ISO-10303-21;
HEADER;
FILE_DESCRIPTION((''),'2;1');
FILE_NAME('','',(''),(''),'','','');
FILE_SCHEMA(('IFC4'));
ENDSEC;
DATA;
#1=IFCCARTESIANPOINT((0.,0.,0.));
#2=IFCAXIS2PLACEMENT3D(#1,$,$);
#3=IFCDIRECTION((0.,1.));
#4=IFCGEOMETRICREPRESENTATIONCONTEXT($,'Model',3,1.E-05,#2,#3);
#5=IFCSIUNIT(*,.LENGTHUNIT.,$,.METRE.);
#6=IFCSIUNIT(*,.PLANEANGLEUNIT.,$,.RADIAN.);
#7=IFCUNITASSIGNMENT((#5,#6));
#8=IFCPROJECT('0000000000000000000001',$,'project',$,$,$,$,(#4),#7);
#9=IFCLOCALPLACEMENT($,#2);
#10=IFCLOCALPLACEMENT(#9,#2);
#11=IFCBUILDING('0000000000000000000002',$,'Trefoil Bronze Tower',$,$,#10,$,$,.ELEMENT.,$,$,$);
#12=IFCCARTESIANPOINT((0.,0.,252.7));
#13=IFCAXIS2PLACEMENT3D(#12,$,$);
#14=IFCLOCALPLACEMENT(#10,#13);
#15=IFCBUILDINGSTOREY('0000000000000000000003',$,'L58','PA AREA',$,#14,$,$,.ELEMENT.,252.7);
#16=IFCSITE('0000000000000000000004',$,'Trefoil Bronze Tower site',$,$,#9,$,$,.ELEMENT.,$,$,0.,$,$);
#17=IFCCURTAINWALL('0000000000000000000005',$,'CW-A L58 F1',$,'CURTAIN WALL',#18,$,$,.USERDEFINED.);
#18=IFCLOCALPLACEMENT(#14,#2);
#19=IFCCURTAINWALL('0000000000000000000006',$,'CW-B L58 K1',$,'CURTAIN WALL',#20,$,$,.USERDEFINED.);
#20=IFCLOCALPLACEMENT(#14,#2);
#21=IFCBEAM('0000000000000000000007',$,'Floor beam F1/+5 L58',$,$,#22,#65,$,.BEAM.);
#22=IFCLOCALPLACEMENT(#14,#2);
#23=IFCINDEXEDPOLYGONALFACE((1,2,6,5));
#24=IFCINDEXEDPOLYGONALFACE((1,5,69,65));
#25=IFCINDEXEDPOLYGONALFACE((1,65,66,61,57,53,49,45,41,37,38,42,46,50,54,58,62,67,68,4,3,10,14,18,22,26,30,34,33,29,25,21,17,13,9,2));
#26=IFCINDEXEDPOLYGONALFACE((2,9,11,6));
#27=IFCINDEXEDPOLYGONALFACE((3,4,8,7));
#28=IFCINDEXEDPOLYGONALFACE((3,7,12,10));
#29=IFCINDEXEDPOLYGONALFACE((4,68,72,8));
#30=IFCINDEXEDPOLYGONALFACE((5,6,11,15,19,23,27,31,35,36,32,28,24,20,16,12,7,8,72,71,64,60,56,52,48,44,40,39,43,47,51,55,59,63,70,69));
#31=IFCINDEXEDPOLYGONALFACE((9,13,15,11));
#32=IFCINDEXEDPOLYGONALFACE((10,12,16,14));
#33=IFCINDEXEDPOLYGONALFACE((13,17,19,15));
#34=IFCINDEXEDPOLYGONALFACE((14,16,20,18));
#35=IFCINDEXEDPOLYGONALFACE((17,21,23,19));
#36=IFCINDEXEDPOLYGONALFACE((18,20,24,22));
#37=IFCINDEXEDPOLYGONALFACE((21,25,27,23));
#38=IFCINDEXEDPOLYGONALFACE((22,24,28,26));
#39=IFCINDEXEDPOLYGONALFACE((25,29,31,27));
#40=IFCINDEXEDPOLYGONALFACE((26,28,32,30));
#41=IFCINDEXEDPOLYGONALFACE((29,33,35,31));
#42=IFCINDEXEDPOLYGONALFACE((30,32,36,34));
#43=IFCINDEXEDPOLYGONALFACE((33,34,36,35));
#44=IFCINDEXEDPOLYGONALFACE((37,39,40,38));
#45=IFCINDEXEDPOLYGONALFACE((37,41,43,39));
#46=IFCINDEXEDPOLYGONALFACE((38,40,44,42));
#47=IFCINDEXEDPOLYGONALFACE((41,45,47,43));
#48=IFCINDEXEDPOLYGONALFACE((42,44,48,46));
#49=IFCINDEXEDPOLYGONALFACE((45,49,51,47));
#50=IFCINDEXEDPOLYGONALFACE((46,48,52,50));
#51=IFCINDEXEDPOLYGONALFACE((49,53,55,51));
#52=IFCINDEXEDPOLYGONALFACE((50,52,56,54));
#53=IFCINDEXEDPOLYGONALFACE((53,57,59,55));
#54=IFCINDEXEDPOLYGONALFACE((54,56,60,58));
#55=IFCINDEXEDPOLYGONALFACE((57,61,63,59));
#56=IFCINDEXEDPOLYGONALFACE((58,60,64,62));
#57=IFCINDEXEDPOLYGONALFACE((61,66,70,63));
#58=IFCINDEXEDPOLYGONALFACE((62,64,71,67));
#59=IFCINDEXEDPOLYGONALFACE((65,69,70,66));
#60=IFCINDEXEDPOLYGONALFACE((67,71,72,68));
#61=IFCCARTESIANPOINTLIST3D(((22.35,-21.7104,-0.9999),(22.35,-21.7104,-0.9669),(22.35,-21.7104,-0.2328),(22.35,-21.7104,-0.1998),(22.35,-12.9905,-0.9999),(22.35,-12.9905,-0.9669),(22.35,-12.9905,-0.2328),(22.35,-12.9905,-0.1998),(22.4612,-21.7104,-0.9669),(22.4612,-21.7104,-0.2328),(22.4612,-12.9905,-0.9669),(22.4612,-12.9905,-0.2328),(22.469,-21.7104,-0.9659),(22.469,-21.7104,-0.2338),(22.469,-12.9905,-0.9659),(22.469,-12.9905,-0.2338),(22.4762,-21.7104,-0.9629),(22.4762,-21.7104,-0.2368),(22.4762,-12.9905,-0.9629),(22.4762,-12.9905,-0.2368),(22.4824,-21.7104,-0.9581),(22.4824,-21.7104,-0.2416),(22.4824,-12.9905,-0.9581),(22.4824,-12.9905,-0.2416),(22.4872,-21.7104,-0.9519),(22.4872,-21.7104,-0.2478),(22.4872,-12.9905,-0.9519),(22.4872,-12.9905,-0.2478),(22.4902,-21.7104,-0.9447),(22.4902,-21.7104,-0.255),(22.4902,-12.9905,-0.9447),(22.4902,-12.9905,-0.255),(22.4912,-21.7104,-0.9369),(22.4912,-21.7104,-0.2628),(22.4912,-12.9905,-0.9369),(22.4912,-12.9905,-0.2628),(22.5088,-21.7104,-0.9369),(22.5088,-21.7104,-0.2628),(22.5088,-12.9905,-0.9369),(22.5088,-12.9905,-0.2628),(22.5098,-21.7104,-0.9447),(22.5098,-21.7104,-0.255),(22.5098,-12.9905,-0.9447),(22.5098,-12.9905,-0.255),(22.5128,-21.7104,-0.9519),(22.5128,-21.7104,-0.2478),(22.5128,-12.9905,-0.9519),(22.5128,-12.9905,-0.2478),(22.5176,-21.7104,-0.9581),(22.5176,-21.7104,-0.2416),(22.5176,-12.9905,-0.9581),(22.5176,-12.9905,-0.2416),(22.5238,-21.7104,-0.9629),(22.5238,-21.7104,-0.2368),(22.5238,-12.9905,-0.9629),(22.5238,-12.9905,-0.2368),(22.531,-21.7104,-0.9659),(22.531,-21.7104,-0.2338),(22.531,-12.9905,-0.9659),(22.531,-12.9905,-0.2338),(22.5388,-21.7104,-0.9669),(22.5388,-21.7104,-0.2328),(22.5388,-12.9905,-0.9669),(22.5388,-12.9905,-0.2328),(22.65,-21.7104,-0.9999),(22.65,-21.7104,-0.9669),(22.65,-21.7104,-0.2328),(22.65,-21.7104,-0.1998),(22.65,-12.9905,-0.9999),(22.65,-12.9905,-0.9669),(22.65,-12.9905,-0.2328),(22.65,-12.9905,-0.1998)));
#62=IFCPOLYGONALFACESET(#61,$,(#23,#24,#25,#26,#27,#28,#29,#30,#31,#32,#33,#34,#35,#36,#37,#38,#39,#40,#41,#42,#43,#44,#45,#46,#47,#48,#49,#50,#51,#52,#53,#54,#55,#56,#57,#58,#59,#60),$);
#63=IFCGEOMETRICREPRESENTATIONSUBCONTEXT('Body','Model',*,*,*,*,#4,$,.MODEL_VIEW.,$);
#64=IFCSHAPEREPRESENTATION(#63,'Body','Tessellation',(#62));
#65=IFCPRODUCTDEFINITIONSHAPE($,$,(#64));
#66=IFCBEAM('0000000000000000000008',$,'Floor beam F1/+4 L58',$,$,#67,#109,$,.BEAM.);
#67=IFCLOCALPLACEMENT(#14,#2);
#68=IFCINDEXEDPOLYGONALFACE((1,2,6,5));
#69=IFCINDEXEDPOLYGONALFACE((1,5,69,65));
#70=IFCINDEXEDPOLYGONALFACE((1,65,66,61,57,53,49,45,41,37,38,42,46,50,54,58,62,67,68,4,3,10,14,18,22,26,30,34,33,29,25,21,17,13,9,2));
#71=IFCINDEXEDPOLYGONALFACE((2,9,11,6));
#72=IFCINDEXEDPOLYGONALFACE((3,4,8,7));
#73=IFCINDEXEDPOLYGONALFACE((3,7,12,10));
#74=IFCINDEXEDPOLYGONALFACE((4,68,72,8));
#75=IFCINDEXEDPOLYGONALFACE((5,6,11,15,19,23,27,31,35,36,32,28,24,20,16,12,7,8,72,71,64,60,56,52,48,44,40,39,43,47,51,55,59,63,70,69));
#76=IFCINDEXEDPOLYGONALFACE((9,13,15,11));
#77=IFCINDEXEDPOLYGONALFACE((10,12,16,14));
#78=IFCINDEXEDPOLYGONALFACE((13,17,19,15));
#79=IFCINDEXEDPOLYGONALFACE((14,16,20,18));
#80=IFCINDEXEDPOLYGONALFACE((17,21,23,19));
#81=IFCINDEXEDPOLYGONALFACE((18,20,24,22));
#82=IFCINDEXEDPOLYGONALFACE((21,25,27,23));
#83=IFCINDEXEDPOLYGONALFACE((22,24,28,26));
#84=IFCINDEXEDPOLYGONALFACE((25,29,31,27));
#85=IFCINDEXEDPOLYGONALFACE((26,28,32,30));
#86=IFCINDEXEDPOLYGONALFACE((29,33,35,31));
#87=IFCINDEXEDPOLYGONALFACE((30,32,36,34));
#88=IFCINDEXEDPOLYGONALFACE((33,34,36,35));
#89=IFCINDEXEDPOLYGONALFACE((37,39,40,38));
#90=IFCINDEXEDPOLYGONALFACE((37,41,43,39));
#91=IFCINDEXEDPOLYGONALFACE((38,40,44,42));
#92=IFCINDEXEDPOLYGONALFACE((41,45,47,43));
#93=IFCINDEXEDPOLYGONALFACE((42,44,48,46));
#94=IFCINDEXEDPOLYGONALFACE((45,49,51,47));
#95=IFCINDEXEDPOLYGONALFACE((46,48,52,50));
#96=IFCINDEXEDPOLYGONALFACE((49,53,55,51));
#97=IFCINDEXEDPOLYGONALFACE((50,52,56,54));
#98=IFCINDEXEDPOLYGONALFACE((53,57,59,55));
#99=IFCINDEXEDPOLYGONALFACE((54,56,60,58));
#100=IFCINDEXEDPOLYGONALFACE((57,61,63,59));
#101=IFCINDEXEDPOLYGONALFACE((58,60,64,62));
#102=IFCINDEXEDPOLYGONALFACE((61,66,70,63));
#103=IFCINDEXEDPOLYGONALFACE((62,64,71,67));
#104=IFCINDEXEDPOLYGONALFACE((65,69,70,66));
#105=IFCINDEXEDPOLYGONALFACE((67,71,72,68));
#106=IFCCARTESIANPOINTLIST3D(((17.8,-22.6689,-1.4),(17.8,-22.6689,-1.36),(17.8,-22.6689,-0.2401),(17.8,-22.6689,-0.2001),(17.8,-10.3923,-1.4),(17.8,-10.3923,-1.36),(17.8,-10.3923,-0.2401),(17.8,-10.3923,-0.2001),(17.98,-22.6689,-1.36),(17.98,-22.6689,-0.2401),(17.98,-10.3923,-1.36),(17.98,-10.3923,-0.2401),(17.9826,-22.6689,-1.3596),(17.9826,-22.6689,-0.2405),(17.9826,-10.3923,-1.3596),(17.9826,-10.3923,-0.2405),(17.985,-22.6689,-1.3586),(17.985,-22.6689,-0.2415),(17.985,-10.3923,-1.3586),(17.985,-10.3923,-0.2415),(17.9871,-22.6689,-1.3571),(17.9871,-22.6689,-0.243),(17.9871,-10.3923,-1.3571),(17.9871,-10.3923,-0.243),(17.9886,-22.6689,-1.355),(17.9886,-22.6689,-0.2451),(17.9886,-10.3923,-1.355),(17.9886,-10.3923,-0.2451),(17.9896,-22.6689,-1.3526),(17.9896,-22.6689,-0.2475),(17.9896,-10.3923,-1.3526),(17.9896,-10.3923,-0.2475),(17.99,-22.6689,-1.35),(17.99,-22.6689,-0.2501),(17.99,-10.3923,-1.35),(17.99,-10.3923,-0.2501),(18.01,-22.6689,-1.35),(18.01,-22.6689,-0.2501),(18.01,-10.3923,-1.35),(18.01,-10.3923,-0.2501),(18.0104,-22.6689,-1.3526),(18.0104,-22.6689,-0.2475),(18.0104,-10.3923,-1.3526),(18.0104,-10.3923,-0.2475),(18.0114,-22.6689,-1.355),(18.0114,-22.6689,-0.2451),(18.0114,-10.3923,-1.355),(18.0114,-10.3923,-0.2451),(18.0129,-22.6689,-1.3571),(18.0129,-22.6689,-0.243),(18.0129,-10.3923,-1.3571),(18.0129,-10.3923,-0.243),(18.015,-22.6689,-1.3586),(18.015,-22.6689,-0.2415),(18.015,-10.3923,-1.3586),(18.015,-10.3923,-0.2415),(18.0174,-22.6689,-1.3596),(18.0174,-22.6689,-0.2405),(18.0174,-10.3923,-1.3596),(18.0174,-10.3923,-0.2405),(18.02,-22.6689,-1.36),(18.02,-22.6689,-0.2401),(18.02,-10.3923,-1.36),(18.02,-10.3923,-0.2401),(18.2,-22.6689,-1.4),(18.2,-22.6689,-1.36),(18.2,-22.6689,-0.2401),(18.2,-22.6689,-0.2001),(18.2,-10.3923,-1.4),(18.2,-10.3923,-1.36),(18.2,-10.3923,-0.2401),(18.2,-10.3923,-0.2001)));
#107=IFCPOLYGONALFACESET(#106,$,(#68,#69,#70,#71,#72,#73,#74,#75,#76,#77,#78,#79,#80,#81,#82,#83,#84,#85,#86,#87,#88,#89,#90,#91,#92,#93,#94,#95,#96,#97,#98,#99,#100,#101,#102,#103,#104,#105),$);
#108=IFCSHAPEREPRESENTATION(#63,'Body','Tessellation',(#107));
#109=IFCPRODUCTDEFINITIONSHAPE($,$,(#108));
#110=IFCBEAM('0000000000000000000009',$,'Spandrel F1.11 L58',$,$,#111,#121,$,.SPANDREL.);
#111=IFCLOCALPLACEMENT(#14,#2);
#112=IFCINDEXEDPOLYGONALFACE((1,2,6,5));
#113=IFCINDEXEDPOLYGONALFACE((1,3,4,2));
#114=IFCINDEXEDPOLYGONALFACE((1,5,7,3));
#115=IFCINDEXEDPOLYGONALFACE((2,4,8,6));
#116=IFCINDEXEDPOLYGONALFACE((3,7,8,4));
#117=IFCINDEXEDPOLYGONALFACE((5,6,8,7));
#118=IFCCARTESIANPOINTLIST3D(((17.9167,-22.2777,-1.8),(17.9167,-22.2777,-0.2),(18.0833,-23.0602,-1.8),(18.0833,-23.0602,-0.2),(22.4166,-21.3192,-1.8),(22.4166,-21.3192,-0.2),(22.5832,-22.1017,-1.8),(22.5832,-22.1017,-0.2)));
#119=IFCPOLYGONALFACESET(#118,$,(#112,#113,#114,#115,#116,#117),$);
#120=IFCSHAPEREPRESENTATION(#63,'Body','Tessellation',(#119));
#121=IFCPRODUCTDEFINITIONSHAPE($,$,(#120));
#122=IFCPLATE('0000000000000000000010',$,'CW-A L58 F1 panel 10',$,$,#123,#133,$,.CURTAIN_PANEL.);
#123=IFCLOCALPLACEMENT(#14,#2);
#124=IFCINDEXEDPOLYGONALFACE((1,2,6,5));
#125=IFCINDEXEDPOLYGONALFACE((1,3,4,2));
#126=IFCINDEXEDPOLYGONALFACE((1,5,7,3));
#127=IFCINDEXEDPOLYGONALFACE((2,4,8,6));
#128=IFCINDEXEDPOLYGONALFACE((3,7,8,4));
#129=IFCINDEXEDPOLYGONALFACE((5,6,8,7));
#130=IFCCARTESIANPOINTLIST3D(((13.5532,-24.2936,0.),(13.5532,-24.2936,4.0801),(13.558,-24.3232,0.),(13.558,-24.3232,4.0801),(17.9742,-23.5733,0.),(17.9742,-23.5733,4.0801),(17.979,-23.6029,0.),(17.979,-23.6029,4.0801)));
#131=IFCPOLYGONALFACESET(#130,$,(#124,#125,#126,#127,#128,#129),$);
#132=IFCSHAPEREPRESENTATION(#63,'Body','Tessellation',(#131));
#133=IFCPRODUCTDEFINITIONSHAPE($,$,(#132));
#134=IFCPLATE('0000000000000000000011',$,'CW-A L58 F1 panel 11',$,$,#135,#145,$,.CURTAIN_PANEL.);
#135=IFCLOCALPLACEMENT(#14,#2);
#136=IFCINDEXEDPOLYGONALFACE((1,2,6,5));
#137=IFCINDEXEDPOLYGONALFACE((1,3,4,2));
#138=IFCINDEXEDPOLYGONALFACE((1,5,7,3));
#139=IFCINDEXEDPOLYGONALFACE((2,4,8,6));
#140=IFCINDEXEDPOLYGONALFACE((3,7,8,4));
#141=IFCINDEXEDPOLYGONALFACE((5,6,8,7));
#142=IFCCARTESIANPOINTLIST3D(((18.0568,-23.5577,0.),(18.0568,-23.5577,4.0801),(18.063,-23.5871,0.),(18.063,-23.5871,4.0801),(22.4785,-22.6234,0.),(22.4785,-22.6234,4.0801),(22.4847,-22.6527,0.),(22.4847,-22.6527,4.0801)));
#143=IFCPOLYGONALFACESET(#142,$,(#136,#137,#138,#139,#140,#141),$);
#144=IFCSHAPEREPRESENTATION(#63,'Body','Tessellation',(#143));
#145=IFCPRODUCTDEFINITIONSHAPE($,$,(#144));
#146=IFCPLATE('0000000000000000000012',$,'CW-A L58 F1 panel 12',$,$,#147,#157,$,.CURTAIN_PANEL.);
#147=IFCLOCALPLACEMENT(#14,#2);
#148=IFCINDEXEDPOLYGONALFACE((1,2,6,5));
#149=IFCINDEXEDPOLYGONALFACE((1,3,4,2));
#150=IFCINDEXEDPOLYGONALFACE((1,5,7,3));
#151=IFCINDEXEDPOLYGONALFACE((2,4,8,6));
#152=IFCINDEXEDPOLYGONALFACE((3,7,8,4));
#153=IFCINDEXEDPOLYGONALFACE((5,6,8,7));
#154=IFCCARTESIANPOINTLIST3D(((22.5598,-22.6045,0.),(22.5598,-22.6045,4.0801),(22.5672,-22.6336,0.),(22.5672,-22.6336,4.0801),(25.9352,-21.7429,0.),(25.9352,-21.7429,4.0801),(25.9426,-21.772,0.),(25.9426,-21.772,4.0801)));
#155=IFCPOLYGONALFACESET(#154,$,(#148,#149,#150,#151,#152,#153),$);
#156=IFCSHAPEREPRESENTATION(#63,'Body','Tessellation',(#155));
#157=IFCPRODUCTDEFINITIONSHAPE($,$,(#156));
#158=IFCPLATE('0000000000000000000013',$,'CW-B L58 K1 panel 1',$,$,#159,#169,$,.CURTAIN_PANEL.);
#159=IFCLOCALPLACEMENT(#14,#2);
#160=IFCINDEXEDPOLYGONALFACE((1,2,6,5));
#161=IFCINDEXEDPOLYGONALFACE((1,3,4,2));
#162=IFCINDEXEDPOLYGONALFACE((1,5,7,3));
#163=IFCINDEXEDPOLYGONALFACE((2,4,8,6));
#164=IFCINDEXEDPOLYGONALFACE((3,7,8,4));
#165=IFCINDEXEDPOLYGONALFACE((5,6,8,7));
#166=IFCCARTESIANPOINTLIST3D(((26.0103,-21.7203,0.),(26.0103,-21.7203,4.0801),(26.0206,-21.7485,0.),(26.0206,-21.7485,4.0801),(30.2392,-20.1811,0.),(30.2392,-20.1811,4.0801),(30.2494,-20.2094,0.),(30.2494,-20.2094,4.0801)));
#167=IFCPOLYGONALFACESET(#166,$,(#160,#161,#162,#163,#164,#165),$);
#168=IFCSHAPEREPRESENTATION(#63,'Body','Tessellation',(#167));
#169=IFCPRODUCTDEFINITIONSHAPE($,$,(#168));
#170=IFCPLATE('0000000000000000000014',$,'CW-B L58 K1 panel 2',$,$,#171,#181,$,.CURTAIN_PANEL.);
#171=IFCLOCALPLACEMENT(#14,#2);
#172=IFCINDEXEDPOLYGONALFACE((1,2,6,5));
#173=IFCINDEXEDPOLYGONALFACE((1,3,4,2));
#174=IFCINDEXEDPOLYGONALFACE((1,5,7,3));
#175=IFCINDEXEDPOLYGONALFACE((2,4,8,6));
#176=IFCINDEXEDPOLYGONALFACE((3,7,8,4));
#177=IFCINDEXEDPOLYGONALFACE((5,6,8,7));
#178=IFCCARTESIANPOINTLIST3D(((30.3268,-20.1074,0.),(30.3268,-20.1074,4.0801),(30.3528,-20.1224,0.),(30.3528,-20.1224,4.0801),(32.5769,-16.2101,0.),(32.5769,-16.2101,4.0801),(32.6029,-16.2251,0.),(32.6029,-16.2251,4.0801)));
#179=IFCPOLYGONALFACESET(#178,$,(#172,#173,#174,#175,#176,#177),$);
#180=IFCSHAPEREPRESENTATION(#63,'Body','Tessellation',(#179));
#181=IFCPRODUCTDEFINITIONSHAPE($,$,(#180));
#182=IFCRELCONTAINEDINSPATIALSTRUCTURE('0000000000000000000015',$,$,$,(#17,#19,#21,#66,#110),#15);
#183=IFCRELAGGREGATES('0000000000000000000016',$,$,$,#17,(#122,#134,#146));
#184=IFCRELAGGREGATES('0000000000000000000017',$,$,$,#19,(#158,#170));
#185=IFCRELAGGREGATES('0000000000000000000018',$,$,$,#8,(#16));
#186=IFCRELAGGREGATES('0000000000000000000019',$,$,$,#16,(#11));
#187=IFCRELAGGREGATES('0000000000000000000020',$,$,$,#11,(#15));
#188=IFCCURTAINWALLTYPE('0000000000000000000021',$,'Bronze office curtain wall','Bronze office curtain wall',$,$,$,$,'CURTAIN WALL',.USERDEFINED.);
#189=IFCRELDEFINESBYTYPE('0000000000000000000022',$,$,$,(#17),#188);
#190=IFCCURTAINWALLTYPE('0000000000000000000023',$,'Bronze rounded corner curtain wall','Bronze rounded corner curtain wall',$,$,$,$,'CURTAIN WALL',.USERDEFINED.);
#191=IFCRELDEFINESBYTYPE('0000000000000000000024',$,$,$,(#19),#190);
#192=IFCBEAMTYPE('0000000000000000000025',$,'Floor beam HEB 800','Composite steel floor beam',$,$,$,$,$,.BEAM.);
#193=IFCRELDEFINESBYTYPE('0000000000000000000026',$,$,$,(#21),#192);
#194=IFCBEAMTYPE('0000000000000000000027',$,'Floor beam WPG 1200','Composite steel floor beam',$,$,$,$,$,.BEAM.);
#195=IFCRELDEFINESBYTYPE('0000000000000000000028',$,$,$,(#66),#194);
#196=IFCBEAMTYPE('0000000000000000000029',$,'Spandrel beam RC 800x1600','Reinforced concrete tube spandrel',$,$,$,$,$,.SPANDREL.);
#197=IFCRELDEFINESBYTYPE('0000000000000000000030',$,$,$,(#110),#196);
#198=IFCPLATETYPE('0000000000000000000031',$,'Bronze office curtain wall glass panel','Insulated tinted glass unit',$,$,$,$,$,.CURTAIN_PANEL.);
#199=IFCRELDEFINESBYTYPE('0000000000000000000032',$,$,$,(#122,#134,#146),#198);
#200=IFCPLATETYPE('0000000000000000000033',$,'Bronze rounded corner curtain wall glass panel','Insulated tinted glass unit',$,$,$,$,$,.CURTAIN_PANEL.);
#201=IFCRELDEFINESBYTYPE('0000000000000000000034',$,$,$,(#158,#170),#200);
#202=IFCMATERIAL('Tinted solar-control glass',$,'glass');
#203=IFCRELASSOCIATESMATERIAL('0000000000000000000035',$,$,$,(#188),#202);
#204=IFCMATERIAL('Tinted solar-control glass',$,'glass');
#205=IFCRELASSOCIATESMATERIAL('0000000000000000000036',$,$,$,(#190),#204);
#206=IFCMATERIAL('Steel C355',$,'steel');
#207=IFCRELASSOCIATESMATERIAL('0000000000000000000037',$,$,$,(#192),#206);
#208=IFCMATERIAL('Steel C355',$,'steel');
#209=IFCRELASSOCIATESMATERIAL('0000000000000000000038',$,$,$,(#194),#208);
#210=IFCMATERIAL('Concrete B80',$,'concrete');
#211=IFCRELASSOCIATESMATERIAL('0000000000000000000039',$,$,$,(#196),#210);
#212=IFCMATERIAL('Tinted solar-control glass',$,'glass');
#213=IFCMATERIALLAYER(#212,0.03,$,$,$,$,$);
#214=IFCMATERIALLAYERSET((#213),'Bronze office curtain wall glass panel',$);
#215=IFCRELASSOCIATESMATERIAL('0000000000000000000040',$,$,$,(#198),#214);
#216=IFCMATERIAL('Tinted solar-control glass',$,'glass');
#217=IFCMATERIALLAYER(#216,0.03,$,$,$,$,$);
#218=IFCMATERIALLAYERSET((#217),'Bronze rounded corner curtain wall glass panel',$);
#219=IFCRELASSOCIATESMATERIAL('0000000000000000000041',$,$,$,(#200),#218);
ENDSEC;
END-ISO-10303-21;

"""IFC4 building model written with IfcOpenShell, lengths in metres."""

from ifc_helpers import new_model, si_unit, direction, frame, origin, origin_2d, place, context, subcontext, project, spatial, rectangle, i_section, extrude, material, layer, layer_set, material_profile, profile_set, type_object, element, aggregate, save


model = new_model("IFC4")

# Units and contexts
model_context = context("Model", 3, precision=1e-05, world=origin(), true_north=direction((0.0, 1.0)))
body_context = subcontext(model_context, "Body", "Model", "MODEL_VIEW")
ifc_project = project(units=[si_unit("LENGTHUNIT", "METRE"), si_unit("PLANEANGLEUNIT", "RADIAN")], contexts=[model_context])

# Site, building, storey
site_placement = place(None, origin())
site = spatial("IfcSite", under=ifc_project, at=site_placement, Name="Trefoil Bronze Tower site", CompositionType="ELEMENT", RefElevation=0.0)
building_placement = place(site_placement, origin())
building = spatial("IfcBuilding", under=site, at=building_placement, Name="Trefoil Bronze Tower", CompositionType="ELEMENT")
storey_placement = place(building_placement, frame((0.0, 0.0, 252.7)))
storey = spatial("IfcBuildingStorey", under=building, at=storey_placement, Name="L58", Description="PA AREA", CompositionType="ELEMENT", Elevation=252.7)

# Curtain walls
ifc_material_1 = material(Name="Tinted solar-control glass", Category="glass")
curtain_wall_type_1 = type_object("IfcCurtainWallType", Name="Bronze office curtain wall", Description="Bronze office curtain wall", ElementType="CURTAIN WALL", PredefinedType="USERDEFINED", material=ifc_material_1)
curtain_wall_1_placement = place(storey_placement, origin())
curtain_wall_1 = element("IfcCurtainWall", 1, at=curtain_wall_1_placement, inside=storey, type_object=curtain_wall_type_1, Name="CW-A L58 F1", ObjectType="CURTAIN WALL", PredefinedType="USERDEFINED")
ifc_material_2 = material(Name="Tinted solar-control glass", Category="glass")
curtain_wall_type_2 = type_object("IfcCurtainWallType", Name="Bronze rounded corner curtain wall", Description="Bronze rounded corner curtain wall", ElementType="CURTAIN WALL", PredefinedType="USERDEFINED", material=ifc_material_2)
curtain_wall_2_placement = place(storey_placement, origin())
curtain_wall_2 = element("IfcCurtainWall", 2, at=curtain_wall_2_placement, inside=storey, type_object=curtain_wall_type_2, Name="CW-B L58 K1", ObjectType="CURTAIN WALL", PredefinedType="USERDEFINED")

# Beams
ifc_material_3 = material(Name="Steel C355", Category="steel")
ifc_material_profile_1 = material_profile(ifc_material_3, i_section(OverallWidth=0.3, OverallDepth=0.8, WebThickness=0.0176, FlangeThickness=0.033, FilletRadius=0.03, at=origin_2d()), Name="HEB 800")
ifc_profile_set_1 = profile_set([ifc_material_profile_1], Name="Steel C355")
beam_type_1 = type_object("IfcBeamType", Name="Floor beam HEB 800", Description="Composite steel floor beam", PredefinedType="BEAM", material=ifc_profile_set_1)
beam_1_placement = place(storey_placement, frame((22.5, -21.7104, -0.5999), z_axis=(0.0, 1.0, 0.0), x_axis=(-1.0, 0.0, 0.0)))
element("IfcBeam", 3, at=beam_1_placement, inside=storey, type_object=beam_type_1, Name="Floor beam F1/+5 L58", PredefinedType="BEAM", context=body_context, shape_type="SweptSolid", body=[
    extrude(i_section(OverallWidth=0.3, OverallDepth=0.8, WebThickness=0.0176, FlangeThickness=0.033, FilletRadius=0.03, at=origin_2d()), origin(), (0.0, 0.0, 1.0), 8.72),
])
ifc_material_4 = material(Name="Steel C355", Category="steel")
ifc_material_profile_2 = material_profile(ifc_material_4, i_section(OverallWidth=0.3999, OverallDepth=1.2, WebThickness=0.02, FlangeThickness=0.04, FilletRadius=0.01, at=origin_2d()), Name="WPG 1200")
ifc_profile_set_2 = profile_set([ifc_material_profile_2], Name="Steel C355")
beam_type_2 = type_object("IfcBeamType", Name="Floor beam WPG 1200", Description="Composite steel floor beam", PredefinedType="BEAM", material=ifc_profile_set_2)
beam_2_placement = place(storey_placement, frame((18.0, -22.6689, -0.8), z_axis=(0.0, 1.0, 0.0), x_axis=(-1.0, 0.0, 0.0)))
element("IfcBeam", 4, at=beam_2_placement, inside=storey, type_object=beam_type_2, Name="Floor beam F1/+4 L58", PredefinedType="BEAM", context=body_context, shape_type="SweptSolid", body=[
    extrude(i_section(OverallWidth=0.3999, OverallDepth=1.2, WebThickness=0.02, FlangeThickness=0.04, FilletRadius=0.01, at=origin_2d()), origin(), (0.0, 0.0, 1.0), 12.2766),
])
ifc_material_5 = material(Name="Concrete B80", Category="concrete")
ifc_material_profile_3 = material_profile(ifc_material_5, rectangle(XDim=0.8, YDim=1.6001, at=origin_2d()), Name="RC 800x1600")
ifc_profile_set_3 = profile_set([ifc_material_profile_3], Name="Concrete B80")
beam_type_3 = type_object("IfcBeamType", Name="Spandrel beam RC 800x1600", Description="Reinforced concrete tube spandrel", PredefinedType="SPANDREL", material=ifc_profile_set_3)
beam_3_placement = place(storey_placement, frame((18.0, -22.6689, -1.0), z_axis=(0.978059, 0.208326, 0.0), x_axis=(-0.208326, 0.978059, 0.0)))
element("IfcBeam", 5, at=beam_3_placement, inside=storey, type_object=beam_type_3, Name="Spandrel F1.11 L58", PredefinedType="SPANDREL", context=body_context, shape_type="SweptSolid", body=[
    extrude(rectangle(XDim=0.8, YDim=1.6001, at=origin_2d()), origin(), (0.0, 0.0, 1.0), 4.6008),
])

# Plates
ifc_material_6 = material(Name="Tinted solar-control glass", Category="glass")
ifc_layer_1 = layer(ifc_material_6, 0.03)
ifc_layer_set_1 = layer_set([ifc_layer_1], Name="Bronze office curtain wall glass panel")
plate_type_1 = type_object("IfcPlateType", Name="Bronze office curtain wall glass panel", Description="Insulated tinted glass unit", PredefinedType="CURTAIN_PANEL", material=ifc_layer_set_1)
plate_1_placement = place(storey_placement, frame((15.7661, -23.9482, 0.0), z_axis=(0.0, 0.0, 1.0), x_axis=(0.986987, 0.160803, 0.0)))
plate_1 = element("IfcPlate", 6, at=plate_1_placement, type_object=plate_type_1, Name="CW-A L58 F1 panel 10", PredefinedType="CURTAIN_PANEL", context=body_context, shape_type="SweptSolid", body=[
    extrude(rectangle(XDim=4.4792, YDim=0.03, at=origin_2d()), origin(), (0.0, 0.0, 1.0), 4.0801),
])
plate_2_placement = place(storey_placement, frame((20.2708, -23.1052, 0.0), z_axis=(0.0, 0.0, 1.0), x_axis=(0.978394, 0.206747, 0.0)))
plate_2 = element("IfcPlate", 7, at=plate_2_placement, type_object=plate_type_1, Name="CW-A L58 F1 panel 11", PredefinedType="CURTAIN_PANEL", context=body_context, shape_type="SweptSolid", body=[
    extrude(rectangle(XDim=4.5193, YDim=0.03, at=origin_2d()), origin(), (0.0, 0.0, 1.0), 4.0801),
])
plate_3_placement = place(storey_placement, frame((24.2512, -22.1882, 0.0), z_axis=(0.0, 0.0, 1.0), x_axis=(0.968934, 0.247319, 0.0)))
plate_3 = element("IfcPlate", 8, at=plate_3_placement, type_object=plate_type_1, Name="CW-A L58 F1 panel 12", PredefinedType="CURTAIN_PANEL", context=body_context, shape_type="SweptSolid", body=[
    extrude(rectangle(XDim=3.4836, YDim=0.03, at=origin_2d()), origin(), (0.0, 0.0, 1.0), 4.0801),
])
aggregate(curtain_wall_1, [plate_1, plate_2, plate_3])
ifc_material_7 = material(Name="Tinted solar-control glass", Category="glass")
ifc_layer_2 = layer(ifc_material_7, 0.03)
ifc_layer_set_2 = layer_set([ifc_layer_2], Name="Bronze rounded corner curtain wall glass panel")
plate_type_2 = type_object("IfcPlateType", Name="Bronze rounded corner curtain wall glass panel", Description="Insulated tinted glass unit", PredefinedType="CURTAIN_PANEL", material=ifc_layer_set_2)
plate_4_placement = place(storey_placement, frame((28.1299, -20.9648, 0.0), z_axis=(0.0, 0.0, 1.0), x_axis=(0.939693, 0.34202, 0.0)))
plate_4 = element("IfcPlate", 9, at=plate_4_placement, type_object=plate_type_2, Name="CW-B L58 K1 panel 1", PredefinedType="CURTAIN_PANEL", context=body_context, shape_type="SweptSolid", body=[
    extrude(rectangle(XDim=4.5002, YDim=0.03, at=origin_2d()), origin(), (0.0, 0.0, 1.0), 4.0801),
])
plate_5_placement = place(storey_placement, frame((31.4648, -18.1663, 0.0), z_axis=(0.0, 0.0, 1.0), x_axis=(0.5, 0.866025, 0.0)))
plate_5 = element("IfcPlate", 10, at=plate_5_placement, type_object=plate_type_2, Name="CW-B L58 K1 panel 2", PredefinedType="CURTAIN_PANEL", context=body_context, shape_type="SweptSolid", body=[
    extrude(rectangle(XDim=4.5002, YDim=0.03, at=origin_2d()), origin(), (0.0, 0.0, 1.0), 4.0801),
])
aggregate(curtain_wall_2, [plate_4, plate_5])

save(model, "model.ifc")
